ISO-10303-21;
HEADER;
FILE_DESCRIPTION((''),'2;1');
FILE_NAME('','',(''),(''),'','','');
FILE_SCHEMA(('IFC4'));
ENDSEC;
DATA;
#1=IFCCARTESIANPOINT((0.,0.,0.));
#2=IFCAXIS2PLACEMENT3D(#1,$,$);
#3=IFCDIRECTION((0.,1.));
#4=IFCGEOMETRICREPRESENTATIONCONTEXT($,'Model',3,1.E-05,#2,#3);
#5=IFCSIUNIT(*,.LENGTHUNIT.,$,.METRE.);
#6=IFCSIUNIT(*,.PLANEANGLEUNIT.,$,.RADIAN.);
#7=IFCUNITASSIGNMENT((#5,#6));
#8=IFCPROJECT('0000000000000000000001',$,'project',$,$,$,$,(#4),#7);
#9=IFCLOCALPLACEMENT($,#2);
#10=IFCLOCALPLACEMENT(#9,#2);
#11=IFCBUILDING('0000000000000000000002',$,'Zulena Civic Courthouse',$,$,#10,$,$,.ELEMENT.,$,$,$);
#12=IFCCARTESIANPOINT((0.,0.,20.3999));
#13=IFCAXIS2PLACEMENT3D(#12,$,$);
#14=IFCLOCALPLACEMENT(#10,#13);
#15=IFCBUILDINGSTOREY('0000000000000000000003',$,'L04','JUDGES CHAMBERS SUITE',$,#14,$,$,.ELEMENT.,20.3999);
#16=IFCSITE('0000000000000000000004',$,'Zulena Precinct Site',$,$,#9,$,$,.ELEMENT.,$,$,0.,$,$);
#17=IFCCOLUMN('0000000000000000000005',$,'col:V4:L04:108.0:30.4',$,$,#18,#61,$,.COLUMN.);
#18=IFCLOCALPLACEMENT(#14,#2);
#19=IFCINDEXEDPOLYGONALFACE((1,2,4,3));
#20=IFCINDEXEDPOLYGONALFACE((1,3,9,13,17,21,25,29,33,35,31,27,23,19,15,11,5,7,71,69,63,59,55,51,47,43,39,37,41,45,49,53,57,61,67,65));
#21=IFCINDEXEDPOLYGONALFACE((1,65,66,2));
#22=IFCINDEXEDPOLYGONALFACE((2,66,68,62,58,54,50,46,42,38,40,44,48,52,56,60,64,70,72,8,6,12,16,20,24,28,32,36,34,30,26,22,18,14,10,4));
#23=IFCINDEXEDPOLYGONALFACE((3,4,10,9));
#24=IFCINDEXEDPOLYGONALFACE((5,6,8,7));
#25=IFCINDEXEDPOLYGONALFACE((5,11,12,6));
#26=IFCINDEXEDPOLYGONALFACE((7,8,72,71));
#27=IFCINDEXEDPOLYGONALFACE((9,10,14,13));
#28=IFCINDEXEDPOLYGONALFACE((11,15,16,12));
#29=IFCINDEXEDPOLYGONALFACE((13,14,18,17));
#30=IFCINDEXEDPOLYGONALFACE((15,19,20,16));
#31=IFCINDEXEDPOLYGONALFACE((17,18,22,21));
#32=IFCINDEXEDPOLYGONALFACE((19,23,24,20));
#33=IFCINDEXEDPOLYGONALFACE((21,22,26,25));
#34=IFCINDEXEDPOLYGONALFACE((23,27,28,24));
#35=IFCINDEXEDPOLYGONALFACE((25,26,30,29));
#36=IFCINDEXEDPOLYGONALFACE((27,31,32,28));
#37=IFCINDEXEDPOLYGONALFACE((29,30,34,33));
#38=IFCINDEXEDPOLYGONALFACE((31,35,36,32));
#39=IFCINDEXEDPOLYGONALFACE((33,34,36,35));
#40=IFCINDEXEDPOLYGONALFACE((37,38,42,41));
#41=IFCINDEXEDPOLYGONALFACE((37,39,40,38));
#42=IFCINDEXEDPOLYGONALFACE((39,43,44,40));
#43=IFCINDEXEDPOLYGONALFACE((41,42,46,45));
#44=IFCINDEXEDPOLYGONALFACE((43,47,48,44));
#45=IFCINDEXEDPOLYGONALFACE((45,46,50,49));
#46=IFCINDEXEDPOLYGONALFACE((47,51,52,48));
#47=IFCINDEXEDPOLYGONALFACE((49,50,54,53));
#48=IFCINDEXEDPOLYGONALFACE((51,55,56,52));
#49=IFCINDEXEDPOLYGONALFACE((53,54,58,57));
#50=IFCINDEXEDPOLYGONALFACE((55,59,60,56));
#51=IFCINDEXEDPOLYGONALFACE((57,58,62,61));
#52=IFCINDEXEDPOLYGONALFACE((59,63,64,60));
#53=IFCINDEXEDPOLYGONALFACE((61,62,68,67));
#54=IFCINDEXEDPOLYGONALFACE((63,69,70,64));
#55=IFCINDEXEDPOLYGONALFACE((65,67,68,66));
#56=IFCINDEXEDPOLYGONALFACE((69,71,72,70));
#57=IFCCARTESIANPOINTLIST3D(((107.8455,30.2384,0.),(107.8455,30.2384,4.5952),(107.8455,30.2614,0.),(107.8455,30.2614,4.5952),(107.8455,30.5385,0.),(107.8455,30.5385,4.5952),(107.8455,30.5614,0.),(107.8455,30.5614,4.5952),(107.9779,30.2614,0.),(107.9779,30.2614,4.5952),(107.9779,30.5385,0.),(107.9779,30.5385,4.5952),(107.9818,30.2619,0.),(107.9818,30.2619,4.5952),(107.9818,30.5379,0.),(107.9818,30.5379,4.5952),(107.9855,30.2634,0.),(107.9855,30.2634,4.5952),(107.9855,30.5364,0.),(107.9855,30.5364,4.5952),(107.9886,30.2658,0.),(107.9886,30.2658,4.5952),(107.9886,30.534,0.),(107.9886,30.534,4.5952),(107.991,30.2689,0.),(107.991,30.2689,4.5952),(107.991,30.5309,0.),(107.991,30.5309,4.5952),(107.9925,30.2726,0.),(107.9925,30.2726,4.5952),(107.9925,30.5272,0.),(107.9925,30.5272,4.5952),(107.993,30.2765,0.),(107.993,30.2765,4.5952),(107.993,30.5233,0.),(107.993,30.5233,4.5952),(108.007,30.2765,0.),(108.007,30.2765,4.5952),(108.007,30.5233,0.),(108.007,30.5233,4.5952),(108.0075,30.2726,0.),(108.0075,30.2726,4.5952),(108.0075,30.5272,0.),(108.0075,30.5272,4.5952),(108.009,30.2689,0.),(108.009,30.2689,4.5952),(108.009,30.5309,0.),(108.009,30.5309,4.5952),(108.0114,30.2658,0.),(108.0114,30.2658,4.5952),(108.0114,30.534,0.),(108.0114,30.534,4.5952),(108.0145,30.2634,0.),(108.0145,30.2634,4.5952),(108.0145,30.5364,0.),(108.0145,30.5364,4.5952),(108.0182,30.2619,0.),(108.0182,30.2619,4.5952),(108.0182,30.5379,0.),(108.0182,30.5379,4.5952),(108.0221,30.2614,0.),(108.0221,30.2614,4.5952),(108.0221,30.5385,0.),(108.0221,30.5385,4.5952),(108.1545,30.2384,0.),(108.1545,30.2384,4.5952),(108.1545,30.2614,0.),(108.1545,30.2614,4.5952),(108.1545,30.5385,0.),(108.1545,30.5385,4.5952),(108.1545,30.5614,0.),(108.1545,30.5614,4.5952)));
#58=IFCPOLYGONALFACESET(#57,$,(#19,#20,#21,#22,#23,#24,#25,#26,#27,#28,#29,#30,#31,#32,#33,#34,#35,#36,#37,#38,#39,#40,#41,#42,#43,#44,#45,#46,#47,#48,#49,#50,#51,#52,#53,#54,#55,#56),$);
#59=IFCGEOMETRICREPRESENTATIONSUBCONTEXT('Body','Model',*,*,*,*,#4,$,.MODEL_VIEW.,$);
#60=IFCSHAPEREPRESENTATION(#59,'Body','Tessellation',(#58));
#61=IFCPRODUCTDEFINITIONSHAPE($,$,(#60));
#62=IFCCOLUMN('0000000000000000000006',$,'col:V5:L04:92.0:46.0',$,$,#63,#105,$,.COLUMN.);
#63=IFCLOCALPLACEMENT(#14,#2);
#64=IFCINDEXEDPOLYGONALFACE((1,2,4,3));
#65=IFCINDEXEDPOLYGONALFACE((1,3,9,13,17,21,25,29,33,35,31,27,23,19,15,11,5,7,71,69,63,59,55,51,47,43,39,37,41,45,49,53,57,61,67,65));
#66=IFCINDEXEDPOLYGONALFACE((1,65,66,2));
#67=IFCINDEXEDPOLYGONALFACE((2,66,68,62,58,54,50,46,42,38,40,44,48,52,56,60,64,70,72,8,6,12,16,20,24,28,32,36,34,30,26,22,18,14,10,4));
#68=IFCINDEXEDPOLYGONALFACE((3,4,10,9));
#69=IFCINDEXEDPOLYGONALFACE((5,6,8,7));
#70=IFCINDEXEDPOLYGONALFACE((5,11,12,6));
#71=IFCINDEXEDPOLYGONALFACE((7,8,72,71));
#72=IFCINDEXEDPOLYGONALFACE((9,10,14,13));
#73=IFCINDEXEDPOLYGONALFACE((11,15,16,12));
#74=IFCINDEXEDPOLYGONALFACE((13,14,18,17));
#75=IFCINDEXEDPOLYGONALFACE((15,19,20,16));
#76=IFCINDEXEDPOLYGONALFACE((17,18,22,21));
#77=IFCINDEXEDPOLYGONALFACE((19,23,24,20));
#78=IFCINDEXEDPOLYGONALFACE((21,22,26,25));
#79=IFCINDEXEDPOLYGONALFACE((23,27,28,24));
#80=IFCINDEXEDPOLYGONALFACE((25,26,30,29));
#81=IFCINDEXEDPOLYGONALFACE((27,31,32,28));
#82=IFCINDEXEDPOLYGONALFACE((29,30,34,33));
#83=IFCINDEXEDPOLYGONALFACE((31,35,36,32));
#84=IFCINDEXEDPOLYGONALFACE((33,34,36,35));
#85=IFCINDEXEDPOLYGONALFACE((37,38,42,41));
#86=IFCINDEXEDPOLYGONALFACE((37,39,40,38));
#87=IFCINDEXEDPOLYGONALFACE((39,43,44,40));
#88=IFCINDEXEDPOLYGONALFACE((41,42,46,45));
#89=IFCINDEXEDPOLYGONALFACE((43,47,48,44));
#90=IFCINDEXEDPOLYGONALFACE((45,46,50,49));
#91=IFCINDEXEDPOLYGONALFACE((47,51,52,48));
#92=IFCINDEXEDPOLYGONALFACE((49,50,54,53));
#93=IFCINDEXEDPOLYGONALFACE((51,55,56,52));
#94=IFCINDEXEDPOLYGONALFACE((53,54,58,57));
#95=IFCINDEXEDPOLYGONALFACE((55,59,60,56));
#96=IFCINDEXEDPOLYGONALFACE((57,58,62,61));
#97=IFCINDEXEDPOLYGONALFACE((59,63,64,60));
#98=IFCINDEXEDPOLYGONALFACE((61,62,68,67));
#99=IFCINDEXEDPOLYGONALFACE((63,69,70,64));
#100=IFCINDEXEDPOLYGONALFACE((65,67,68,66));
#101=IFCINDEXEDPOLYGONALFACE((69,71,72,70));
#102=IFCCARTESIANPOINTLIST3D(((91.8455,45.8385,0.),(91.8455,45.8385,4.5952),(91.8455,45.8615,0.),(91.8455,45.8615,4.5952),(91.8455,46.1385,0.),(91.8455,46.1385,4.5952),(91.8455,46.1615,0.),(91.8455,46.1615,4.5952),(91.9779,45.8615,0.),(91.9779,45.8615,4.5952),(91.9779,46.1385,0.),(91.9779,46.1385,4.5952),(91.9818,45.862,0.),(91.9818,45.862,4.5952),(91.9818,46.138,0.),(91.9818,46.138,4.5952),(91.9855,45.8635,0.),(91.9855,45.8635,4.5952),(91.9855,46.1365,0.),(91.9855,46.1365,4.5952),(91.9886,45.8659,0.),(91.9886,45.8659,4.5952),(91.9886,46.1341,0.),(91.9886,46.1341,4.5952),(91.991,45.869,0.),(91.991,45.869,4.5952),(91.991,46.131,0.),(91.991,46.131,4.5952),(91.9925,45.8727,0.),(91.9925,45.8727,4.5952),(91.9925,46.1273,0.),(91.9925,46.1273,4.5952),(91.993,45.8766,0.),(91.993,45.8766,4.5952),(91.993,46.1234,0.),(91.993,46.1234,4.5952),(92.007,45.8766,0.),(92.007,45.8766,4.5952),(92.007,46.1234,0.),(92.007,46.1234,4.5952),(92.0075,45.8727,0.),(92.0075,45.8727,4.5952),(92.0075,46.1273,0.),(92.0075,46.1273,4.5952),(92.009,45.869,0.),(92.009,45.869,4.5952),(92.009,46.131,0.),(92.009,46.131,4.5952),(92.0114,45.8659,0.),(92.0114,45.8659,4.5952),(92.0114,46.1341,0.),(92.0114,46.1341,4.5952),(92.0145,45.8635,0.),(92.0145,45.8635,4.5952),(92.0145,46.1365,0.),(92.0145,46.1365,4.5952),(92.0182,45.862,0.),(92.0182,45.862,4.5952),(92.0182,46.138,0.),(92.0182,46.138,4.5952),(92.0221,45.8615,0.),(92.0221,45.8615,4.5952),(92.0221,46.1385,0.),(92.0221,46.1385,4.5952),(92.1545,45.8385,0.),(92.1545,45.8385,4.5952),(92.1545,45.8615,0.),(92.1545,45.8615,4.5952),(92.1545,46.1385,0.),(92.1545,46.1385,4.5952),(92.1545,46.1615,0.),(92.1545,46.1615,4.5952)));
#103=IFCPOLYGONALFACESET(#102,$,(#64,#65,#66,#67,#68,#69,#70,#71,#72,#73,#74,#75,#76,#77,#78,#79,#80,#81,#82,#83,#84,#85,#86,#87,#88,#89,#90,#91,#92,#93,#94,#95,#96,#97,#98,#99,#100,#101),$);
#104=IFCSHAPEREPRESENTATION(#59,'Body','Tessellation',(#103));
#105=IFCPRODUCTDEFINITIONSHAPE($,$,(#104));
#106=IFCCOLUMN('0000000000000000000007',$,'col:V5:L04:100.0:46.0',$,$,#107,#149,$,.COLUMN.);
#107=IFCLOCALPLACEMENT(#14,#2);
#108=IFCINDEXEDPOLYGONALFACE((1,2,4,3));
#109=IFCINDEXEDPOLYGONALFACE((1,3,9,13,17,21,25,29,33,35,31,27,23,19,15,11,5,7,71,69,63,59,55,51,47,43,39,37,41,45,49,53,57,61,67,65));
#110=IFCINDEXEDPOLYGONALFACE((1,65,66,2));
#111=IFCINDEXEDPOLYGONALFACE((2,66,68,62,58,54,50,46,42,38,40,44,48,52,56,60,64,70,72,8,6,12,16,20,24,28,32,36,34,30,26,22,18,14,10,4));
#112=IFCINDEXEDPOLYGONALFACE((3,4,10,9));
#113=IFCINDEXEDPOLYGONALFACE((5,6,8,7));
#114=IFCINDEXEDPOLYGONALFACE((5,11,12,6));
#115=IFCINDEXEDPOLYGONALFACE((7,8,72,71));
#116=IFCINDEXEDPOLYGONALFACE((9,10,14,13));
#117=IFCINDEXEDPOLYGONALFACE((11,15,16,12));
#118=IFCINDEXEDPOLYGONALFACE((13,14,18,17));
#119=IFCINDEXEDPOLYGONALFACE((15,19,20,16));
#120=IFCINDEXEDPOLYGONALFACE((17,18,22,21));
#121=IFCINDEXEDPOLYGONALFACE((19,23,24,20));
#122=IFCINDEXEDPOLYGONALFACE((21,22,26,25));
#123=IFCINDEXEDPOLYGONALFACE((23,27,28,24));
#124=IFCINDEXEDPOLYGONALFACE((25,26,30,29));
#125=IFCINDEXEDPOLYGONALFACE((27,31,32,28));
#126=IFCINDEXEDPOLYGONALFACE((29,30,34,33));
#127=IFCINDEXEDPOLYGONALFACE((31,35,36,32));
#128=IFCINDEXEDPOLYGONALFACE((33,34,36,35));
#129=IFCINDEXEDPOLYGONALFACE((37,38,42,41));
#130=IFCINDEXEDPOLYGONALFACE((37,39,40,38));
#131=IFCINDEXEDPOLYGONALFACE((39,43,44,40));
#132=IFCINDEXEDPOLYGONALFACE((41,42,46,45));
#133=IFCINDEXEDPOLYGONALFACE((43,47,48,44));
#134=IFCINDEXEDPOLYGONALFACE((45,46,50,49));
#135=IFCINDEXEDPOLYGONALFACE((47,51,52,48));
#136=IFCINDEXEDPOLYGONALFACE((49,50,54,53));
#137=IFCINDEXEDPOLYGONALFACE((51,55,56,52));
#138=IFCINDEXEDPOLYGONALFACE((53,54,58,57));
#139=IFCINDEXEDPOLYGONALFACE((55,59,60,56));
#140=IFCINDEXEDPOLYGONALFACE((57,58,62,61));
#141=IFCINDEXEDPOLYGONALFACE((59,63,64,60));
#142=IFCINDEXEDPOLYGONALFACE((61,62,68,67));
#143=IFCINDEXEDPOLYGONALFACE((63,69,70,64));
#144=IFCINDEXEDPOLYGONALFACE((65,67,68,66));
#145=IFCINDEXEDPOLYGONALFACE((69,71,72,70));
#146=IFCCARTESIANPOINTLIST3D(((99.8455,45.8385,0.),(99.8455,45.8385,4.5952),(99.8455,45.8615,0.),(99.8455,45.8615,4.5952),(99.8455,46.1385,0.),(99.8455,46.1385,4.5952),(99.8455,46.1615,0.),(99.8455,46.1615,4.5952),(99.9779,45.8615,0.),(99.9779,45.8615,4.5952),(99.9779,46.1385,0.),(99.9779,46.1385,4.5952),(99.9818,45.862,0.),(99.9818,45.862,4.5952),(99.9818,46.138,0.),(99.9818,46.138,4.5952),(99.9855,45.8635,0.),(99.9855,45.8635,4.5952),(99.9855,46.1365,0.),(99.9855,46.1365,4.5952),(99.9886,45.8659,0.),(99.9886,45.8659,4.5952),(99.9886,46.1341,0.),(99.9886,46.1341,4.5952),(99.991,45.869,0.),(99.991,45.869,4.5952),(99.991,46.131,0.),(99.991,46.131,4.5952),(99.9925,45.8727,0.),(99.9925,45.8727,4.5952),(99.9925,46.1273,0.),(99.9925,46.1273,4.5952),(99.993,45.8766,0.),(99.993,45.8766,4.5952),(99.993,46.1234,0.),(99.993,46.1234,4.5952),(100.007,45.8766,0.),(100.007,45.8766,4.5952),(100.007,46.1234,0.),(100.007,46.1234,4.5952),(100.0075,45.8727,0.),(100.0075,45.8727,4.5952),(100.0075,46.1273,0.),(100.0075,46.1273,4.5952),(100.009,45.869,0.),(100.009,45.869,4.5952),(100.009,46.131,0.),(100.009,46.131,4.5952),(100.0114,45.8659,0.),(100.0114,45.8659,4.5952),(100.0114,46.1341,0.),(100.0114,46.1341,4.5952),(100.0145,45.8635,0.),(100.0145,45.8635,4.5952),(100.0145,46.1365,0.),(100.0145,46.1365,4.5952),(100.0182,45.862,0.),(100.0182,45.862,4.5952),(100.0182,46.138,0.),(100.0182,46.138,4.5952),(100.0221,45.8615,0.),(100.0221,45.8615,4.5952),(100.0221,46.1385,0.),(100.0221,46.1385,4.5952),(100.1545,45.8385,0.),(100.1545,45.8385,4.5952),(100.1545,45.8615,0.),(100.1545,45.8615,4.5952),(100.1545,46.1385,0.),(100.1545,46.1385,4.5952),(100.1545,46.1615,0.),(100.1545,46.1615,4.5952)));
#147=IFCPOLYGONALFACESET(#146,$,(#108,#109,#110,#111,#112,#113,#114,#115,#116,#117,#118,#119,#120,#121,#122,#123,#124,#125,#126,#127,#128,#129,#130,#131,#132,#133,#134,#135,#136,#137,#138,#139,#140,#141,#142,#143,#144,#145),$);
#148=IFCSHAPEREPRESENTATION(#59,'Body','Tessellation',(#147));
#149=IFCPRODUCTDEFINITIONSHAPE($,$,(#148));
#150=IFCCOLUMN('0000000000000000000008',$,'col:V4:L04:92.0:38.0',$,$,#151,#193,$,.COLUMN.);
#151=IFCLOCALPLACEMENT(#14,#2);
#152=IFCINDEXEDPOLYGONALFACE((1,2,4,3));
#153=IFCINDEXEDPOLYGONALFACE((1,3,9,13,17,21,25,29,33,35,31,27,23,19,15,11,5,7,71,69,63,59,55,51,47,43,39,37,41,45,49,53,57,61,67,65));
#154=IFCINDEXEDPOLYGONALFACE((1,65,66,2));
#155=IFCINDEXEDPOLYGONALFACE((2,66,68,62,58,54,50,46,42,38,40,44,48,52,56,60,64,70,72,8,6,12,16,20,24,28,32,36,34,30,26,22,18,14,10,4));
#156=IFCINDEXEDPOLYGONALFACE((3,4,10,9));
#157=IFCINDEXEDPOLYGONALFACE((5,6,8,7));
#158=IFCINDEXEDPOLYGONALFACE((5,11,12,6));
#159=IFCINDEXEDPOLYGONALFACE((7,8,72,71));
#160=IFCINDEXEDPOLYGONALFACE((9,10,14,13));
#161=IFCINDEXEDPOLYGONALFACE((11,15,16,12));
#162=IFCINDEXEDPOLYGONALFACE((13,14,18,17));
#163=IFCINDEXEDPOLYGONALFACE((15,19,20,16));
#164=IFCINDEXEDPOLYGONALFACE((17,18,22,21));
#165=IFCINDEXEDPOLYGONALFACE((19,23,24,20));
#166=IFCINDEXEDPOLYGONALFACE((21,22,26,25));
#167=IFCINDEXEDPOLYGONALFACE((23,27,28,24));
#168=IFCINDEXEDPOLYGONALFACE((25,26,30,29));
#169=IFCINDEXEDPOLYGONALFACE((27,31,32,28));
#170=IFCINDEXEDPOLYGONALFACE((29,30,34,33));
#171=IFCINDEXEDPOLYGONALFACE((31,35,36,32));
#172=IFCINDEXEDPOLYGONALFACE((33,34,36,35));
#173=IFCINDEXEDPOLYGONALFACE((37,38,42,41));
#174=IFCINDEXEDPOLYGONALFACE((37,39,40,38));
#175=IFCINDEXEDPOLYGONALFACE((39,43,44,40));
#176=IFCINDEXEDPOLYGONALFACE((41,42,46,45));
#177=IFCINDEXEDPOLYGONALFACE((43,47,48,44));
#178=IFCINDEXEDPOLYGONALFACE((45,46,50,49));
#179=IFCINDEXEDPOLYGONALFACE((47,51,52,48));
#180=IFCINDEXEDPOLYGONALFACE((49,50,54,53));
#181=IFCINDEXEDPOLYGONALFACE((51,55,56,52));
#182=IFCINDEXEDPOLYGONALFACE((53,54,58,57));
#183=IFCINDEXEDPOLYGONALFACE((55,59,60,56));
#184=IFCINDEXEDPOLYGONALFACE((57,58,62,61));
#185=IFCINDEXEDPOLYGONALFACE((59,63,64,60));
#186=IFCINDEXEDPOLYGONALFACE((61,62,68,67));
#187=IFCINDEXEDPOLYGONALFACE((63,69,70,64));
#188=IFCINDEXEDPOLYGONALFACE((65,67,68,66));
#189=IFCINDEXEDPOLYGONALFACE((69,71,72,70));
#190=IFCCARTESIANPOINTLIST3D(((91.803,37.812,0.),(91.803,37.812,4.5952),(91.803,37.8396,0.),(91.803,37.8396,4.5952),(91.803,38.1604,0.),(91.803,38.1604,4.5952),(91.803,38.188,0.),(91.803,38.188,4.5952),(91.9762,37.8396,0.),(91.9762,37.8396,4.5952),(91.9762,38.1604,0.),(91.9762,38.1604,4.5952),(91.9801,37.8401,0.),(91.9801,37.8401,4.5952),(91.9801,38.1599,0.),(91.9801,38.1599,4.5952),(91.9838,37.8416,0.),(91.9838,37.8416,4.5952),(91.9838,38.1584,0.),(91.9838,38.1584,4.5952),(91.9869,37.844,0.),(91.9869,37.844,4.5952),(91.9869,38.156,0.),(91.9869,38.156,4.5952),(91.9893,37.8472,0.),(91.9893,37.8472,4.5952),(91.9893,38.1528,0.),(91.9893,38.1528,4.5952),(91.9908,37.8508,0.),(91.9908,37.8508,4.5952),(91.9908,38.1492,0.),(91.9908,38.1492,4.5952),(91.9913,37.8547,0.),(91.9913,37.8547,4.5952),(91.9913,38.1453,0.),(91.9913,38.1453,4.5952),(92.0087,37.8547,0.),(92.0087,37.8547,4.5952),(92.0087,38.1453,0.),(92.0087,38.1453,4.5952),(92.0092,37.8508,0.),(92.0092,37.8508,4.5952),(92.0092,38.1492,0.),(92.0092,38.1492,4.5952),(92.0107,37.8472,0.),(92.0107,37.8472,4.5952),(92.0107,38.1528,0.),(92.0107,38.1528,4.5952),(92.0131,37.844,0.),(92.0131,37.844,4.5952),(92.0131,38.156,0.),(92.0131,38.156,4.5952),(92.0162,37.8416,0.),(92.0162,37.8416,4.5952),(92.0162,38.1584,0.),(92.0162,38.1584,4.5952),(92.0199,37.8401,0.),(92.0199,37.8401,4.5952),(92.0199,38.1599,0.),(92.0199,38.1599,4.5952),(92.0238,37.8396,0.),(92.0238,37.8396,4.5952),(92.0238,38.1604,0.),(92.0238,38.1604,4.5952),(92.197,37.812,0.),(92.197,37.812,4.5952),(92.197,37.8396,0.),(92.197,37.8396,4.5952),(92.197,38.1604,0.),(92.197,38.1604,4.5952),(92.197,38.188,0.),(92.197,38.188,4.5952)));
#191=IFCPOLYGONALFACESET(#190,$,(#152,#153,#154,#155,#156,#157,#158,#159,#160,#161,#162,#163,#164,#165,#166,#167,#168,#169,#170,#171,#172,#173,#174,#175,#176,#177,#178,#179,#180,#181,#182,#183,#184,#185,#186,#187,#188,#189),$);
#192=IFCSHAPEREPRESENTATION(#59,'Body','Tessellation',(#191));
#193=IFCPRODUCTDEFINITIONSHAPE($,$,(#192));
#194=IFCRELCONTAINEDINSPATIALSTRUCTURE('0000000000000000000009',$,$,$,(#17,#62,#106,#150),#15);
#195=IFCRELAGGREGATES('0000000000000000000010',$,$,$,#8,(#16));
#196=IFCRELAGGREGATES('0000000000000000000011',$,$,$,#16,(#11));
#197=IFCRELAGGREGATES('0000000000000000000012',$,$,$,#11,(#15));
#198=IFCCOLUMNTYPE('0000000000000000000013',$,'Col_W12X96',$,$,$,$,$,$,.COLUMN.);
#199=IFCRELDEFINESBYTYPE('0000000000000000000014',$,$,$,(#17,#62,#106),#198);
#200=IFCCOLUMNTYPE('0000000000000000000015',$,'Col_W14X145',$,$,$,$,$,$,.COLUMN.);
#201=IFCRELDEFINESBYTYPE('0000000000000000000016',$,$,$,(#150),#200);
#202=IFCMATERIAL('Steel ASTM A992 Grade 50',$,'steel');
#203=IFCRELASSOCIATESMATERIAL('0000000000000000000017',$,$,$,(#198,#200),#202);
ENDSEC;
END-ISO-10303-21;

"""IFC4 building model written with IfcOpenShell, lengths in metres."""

from ifc_helpers import new_model, si_unit, direction, frame, origin, origin_2d, place, context, subcontext, project, spatial, i_section, extrude, material, material_profile, profile_set, type_object, element, save


model = new_model("IFC4")

# Units and contexts
model_context = context("Model", 3, precision=1e-05, world=origin(), true_north=direction((0.0, 1.0)))
body_context = subcontext(model_context, "Body", "Model", "MODEL_VIEW")
ifc_project = project(units=[si_unit("LENGTHUNIT", "METRE"), si_unit("PLANEANGLEUNIT", "RADIAN")], contexts=[model_context])

# Site, building, storey
site_placement = place(None, origin())
site = spatial("IfcSite", under=ifc_project, at=site_placement, Name="Zulena Precinct Site", CompositionType="ELEMENT", RefElevation=0.0)
building_placement = place(site_placement, origin())
building = spatial("IfcBuilding", under=site, at=building_placement, Name="Zulena Civic Courthouse", CompositionType="ELEMENT")
storey_placement = place(building_placement, frame((0.0, 0.0, 20.3999)))
storey = spatial("IfcBuildingStorey", under=building, at=storey_placement, Name="L04", Description="JUDGES CHAMBERS SUITE", CompositionType="ELEMENT", Elevation=20.3999)

# Columns
ifc_material_1 = material(Name="Steel ASTM A992 Grade 50", Category="steel")
ifc_material_profile_1 = material_profile(ifc_material_1, i_section(OverallWidth=0.3091, OverallDepth=0.323, WebThickness=0.0139, FlangeThickness=0.0229, FilletRadius=0.0151, at=origin_2d()), Name="W12X96")
ifc_profile_set_1 = profile_set([ifc_material_profile_1], Name="Steel ASTM A992 Grade 50")
column_type_1 = type_object("IfcColumnType", Name="Col_W12X96", PredefinedType="COLUMN", material=ifc_profile_set_1)
for number, where, z_axis, x_axis, name in (
    (1, (108.0, 30.3999, 0.0), (0.0, 0.0, 1.0), (1.0, 0.0, 0.0), "col:V4:L04:108.0:30.4"),
    (2, (92.0, 46.0, 0.0), (0.0, 0.0, 1.0), (1.0, 0.0, 0.0), "col:V5:L04:92.0:46.0"),
    (3, (100.0, 46.0, 0.0), (0.0, 0.0, 1.0), (1.0, 0.0, 0.0), "col:V5:L04:100.0:46.0"),
):
    element("IfcColumn", number, at=place(storey_placement, frame(where, z_axis=z_axis, x_axis=x_axis)), inside=storey, type_object=column_type_1, Name=name, PredefinedType="COLUMN", context=body_context, shape_type="SweptSolid", body=[
        extrude(i_section(OverallWidth=0.3091, OverallDepth=0.323, WebThickness=0.0139, FlangeThickness=0.0229, FilletRadius=0.0151, at=origin_2d()), origin(), (0.0, 0.0, 1.0), 4.5952),
    ])
ifc_material_profile_2 = material_profile(ifc_material_1, i_section(OverallWidth=0.394, OverallDepth=0.376, WebThickness=0.0173, FlangeThickness=0.0276, FilletRadius=0.0151, at=origin_2d()), Name="W14X145")
ifc_profile_set_2 = profile_set([ifc_material_profile_2], Name="Steel ASTM A992 Grade 50")
column_type_2 = type_object("IfcColumnType", Name="Col_W14X145", PredefinedType="COLUMN", material=ifc_profile_set_2)
for number, where, z_axis, x_axis, name in (
    (4, (92.0, 38.0, 0.0), (0.0, 0.0, 1.0), (1.0, 0.0, 0.0), "col:V4:L04:92.0:38.0"),
):
    element("IfcColumn", number, at=place(storey_placement, frame(where, z_axis=z_axis, x_axis=x_axis)), inside=storey, type_object=column_type_2, Name=name, PredefinedType="COLUMN", context=body_context, shape_type="SweptSolid", body=[
        extrude(i_section(OverallWidth=0.394, OverallDepth=0.376, WebThickness=0.0173, FlangeThickness=0.0276, FilletRadius=0.0151, at=origin_2d()), origin(), (0.0, 0.0, 1.0), 4.5952),
    ])

save(model, "model.ifc")
